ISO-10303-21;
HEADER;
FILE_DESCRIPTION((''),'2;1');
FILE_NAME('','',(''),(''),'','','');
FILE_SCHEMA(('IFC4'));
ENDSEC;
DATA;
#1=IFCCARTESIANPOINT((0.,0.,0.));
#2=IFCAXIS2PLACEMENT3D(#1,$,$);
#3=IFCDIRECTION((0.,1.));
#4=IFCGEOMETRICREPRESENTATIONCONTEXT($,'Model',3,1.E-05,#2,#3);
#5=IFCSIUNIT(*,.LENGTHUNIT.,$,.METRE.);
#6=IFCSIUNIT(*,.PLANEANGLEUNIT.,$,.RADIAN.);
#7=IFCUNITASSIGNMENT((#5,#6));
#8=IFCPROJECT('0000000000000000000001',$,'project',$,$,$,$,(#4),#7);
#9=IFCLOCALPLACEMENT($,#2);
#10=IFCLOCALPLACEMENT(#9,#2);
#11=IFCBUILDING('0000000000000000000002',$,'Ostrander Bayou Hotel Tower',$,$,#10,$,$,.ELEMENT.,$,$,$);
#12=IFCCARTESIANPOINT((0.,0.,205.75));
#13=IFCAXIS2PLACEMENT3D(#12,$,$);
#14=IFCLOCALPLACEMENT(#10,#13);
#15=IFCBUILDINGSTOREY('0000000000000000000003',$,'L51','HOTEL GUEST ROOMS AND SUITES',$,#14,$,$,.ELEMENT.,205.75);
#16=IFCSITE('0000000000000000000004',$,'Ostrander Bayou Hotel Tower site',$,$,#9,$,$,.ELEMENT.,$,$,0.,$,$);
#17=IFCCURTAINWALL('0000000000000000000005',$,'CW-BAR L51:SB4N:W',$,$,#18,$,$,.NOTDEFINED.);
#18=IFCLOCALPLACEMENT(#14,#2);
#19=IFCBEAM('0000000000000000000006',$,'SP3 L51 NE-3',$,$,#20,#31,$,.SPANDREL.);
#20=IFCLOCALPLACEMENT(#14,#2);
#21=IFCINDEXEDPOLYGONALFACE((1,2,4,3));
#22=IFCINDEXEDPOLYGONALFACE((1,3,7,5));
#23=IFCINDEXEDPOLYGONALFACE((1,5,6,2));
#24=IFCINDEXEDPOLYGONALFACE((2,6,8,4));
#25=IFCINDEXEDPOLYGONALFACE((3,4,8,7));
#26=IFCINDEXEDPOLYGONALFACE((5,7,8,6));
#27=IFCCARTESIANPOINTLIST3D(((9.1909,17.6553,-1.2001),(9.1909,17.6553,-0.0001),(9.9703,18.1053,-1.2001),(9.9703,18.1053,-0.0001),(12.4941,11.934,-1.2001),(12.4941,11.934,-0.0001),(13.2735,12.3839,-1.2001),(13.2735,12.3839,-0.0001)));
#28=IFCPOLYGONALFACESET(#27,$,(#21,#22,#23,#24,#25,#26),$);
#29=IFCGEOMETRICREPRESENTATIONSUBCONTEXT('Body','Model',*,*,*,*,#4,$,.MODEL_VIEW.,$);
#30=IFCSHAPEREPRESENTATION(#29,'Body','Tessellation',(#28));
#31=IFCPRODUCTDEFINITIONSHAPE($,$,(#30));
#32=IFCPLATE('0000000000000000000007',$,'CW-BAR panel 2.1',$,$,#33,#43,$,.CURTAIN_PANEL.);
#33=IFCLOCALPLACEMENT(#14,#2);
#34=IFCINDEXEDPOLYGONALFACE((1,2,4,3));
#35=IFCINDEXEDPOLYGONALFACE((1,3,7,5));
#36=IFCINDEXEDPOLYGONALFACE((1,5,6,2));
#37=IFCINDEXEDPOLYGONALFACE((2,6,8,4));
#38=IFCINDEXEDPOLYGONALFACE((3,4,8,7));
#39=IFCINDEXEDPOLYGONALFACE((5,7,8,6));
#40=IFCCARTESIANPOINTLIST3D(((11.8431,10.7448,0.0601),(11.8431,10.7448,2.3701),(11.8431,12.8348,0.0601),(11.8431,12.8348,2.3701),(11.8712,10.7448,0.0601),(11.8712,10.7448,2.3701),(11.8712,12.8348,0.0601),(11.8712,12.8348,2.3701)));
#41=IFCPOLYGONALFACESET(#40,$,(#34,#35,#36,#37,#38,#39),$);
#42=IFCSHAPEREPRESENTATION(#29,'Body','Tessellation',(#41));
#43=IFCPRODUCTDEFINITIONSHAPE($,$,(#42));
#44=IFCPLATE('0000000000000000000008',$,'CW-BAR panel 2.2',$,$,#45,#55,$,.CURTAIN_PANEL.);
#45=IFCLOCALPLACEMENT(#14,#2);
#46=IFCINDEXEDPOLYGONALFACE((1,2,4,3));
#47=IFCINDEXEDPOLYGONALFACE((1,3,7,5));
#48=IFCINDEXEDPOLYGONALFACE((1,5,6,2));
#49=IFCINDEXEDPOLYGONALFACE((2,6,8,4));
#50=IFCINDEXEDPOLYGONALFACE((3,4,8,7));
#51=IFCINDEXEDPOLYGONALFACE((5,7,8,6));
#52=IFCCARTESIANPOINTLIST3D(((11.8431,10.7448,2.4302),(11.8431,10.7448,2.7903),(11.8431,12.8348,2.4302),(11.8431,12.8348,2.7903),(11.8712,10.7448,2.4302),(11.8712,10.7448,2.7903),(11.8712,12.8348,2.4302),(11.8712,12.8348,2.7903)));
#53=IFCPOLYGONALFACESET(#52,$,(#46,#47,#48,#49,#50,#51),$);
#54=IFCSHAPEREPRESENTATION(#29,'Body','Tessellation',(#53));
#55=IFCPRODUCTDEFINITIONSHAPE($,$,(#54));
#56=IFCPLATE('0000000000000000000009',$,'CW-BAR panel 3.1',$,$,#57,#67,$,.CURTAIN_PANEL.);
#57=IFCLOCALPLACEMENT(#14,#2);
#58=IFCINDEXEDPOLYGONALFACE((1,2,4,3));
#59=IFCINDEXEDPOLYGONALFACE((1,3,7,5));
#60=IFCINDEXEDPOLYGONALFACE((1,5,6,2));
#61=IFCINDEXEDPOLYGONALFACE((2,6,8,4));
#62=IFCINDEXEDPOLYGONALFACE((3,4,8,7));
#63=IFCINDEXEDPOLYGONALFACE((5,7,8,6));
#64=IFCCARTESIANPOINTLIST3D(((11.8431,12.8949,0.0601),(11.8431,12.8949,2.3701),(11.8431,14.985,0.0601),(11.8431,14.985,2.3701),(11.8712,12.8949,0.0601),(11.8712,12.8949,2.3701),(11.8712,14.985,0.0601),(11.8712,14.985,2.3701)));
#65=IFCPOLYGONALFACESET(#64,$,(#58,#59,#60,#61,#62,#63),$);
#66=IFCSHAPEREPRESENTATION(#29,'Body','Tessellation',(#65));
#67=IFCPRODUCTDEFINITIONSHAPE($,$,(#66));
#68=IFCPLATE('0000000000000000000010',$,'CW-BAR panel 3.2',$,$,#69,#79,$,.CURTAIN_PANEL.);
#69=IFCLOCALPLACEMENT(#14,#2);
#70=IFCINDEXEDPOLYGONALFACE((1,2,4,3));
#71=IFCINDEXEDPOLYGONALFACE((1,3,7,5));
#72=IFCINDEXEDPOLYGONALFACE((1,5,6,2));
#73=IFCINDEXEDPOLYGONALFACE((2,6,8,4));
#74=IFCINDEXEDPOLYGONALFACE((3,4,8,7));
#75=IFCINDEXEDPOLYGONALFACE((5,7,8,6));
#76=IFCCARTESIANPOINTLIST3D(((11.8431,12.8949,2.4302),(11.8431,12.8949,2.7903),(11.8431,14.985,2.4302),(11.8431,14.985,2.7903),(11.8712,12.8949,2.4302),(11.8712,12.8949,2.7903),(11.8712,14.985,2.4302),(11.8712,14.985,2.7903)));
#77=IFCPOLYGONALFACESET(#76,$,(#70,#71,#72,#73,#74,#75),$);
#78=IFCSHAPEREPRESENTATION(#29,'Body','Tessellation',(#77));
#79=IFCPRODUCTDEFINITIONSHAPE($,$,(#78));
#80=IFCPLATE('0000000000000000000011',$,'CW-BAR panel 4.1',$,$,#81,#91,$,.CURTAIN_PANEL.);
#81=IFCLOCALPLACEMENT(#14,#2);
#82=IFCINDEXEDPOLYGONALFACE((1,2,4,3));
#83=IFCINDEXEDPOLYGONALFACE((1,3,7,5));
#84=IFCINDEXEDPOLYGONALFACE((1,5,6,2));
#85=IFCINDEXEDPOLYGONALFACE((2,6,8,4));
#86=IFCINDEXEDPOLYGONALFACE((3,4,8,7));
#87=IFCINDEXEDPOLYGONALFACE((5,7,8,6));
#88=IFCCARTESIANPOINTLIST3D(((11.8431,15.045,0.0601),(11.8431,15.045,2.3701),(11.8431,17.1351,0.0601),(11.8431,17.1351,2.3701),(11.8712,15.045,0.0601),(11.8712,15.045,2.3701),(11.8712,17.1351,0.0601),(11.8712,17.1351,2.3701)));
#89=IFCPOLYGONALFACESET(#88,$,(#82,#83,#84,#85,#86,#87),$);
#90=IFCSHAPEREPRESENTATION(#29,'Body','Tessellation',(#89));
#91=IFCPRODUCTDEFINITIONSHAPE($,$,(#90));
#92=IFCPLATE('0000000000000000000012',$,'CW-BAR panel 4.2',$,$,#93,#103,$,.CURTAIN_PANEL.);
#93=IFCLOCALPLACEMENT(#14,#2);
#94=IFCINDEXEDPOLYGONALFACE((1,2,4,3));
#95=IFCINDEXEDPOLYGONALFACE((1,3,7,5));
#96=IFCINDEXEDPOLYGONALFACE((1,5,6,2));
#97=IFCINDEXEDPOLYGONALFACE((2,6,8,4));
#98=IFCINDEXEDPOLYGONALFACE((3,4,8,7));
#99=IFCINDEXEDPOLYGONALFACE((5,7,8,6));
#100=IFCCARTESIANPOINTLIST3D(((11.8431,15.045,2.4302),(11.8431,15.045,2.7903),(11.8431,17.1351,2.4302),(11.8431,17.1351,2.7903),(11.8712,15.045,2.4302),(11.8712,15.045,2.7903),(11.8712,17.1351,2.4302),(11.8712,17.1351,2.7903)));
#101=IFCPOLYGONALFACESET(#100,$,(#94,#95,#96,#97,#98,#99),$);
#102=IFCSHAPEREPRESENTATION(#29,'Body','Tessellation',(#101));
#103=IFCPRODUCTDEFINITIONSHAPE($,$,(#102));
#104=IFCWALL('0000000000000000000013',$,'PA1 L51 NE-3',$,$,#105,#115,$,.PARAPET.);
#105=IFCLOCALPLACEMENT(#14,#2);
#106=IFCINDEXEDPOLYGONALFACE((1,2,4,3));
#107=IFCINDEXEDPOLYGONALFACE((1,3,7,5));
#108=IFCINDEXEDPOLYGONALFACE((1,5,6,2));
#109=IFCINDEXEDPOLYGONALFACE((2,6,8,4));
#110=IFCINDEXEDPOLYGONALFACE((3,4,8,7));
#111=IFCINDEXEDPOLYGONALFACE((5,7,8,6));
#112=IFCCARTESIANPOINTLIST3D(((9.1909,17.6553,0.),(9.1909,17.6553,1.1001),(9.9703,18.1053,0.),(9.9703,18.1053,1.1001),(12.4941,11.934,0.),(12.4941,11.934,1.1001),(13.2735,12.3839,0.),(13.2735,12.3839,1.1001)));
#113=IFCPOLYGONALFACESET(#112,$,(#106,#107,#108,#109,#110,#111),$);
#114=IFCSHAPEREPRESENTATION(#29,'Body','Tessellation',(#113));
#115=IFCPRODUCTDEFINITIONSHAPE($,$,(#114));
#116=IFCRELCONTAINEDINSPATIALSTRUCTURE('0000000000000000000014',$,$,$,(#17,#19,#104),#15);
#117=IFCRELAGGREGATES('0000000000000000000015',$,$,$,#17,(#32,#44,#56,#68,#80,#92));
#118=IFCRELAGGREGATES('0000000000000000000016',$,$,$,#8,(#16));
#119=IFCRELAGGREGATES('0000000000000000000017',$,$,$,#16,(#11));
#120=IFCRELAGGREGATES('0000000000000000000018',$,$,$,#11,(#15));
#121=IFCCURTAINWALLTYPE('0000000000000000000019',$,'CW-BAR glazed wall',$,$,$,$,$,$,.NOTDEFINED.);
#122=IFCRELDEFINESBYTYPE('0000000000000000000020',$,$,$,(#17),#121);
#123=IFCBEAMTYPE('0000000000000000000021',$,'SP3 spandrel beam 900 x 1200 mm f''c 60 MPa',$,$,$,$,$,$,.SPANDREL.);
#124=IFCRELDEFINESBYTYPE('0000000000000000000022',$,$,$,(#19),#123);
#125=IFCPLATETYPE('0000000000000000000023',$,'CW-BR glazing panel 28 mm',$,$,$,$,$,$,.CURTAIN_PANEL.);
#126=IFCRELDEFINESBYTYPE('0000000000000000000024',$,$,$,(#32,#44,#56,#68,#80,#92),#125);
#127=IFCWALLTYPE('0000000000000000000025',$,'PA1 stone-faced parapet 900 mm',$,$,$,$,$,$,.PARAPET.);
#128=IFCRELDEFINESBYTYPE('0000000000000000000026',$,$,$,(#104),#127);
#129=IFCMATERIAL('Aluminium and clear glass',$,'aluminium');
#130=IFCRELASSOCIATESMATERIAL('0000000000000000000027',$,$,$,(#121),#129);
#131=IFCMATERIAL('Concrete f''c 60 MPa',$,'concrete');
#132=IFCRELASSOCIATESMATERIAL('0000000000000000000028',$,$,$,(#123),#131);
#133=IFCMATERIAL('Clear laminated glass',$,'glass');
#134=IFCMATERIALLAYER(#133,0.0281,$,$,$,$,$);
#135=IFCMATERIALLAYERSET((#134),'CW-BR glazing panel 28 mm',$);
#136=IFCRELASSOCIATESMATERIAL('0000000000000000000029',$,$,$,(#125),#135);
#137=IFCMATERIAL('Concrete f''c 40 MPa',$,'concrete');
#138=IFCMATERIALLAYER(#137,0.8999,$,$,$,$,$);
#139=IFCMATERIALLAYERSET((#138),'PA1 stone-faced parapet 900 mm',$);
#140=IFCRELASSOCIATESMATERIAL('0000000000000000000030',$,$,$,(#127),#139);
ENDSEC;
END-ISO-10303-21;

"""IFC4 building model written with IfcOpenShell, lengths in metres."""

from ifc_helpers import new_model, si_unit, direction, frame, frame_2d, origin, origin_2d, place, context, subcontext, project, spatial, rectangle, extrude, material, layer, layer_set, material_profile, profile_set, type_object, element, aggregate, save


model = new_model("IFC4")

# Units and contexts
model_context = context("Model", 3, precision=1e-05, world=origin(), true_north=direction((0.0, 1.0)))
body_context = subcontext(model_context, "Body", "Model", "MODEL_VIEW")
ifc_project = project(units=[si_unit("LENGTHUNIT", "METRE"), si_unit("PLANEANGLEUNIT", "RADIAN")], contexts=[model_context])

# Site, building, storey
site_placement = place(None, origin())
site = spatial("IfcSite", under=ifc_project, at=site_placement, Name="Ostrander Bayou Hotel Tower site", CompositionType="ELEMENT", RefElevation=0.0)
building_placement = place(site_placement, origin())
building = spatial("IfcBuilding", under=site, at=building_placement, Name="Ostrander Bayou Hotel Tower", CompositionType="ELEMENT")
storey_placement = place(building_placement, frame((0.0, 0.0, 205.75)))
storey = spatial("IfcBuildingStorey", under=building, at=storey_placement, Name="L51", Description="HOTEL GUEST ROOMS AND SUITES", CompositionType="ELEMENT", Elevation=205.75)

# Curtain wall
ifc_material_1 = material(Name="Aluminium and clear glass", Category="aluminium")
curtain_wall_type = type_object("IfcCurtainWallType", Name="CW-BAR glazed wall", PredefinedType="NOTDEFINED", material=ifc_material_1)
curtain_wall_placement = place(storey_placement, origin())
curtain_wall = element("IfcCurtainWall", 1, at=curtain_wall_placement, inside=storey, type_object=curtain_wall_type, Name="CW-BAR L51:SB4N:W", PredefinedType="NOTDEFINED")

# Beam
ifc_material_2 = material(Name="Concrete f'c 60 MPa", Category="concrete")
ifc_material_profile_1 = material_profile(ifc_material_2, rectangle(XDim=0.8999, YDim=1.2, at=origin_2d()))
ifc_profile_set_1 = profile_set([ifc_material_profile_1], Name="Concrete f'c 60 MPa")
beam_type_1 = type_object("IfcBeamType", Name="SP3 spandrel beam 900 x 1200 mm f'c 60 MPa", PredefinedType="SPANDREL", material=ifc_profile_set_1)
beam_1_placement = place(storey_placement, frame((12.8838, 12.1589, -0.6001), z_axis=(-0.499994, 0.866029, 0.0), x_axis=(-0.866029, -0.499994, 0.0)))
element("IfcBeam", 2, at=beam_1_placement, inside=storey, type_object=beam_type_1, Name="SP3 L51 NE-3", PredefinedType="SPANDREL", context=body_context, shape_type="SweptSolid", body=[
    extrude(rectangle(XDim=0.8999, YDim=1.2, at=origin_2d()), origin(), (0.0, 0.0, 1.0), 6.6064),
])

# Plates
ifc_material_3 = material(Name="Clear laminated glass", Category="glass")
ifc_layer_1 = layer(ifc_material_3, 0.0281)
ifc_layer_set_1 = layer_set([ifc_layer_1], Name="CW-BR glazing panel 28 mm")
plate_type = type_object("IfcPlateType", Name="CW-BR glazing panel 28 mm", PredefinedType="CURTAIN_PANEL", material=ifc_layer_set_1)
plate_1_placement = place(storey_placement, frame((11.8572, 11.7898, 0.0601), z_axis=(0.0, 0.0, 1.0), x_axis=(0.0, 1.0, 0.0)))
plate_1 = element("IfcPlate", 3, at=plate_1_placement, type_object=plate_type, Name="CW-BAR panel 2.1", PredefinedType="CURTAIN_PANEL", context=body_context, shape_type="SweptSolid", body=[
    extrude(rectangle(XDim=2.0901, YDim=0.0281, at=origin_2d()), origin(), (0.0, 0.0, 1.0), 2.3101),
])
plate_2_placement = place(storey_placement, frame((11.8572, 11.7898, 2.4302), z_axis=(0.0, 0.0, 1.0), x_axis=(0.0, 1.0, 0.0)))
plate_2 = element("IfcPlate", 4, at=plate_2_placement, type_object=plate_type, Name="CW-BAR panel 2.2", PredefinedType="CURTAIN_PANEL", context=body_context, shape_type="SweptSolid", body=[
    extrude(rectangle(XDim=2.0901, YDim=0.0281, at=origin_2d()), origin(), (0.0, 0.0, 1.0), 0.3601),
])
plate_3_placement = place(storey_placement, frame((11.8572, 13.9399, 0.0601), z_axis=(0.0, 0.0, 1.0), x_axis=(0.0, 1.0, 0.0)))
plate_3 = element("IfcPlate", 5, at=plate_3_placement, type_object=plate_type, Name="CW-BAR panel 3.1", PredefinedType="CURTAIN_PANEL", context=body_context, shape_type="SweptSolid", body=[
    extrude(rectangle(XDim=2.0901, YDim=0.0281, at=origin_2d()), origin(), (0.0, 0.0, 1.0), 2.3101),
])
plate_4_placement = place(storey_placement, frame((11.8572, 13.9399, 2.4302), z_axis=(0.0, 0.0, 1.0), x_axis=(0.0, 1.0, 0.0)))
plate_4 = element("IfcPlate", 6, at=plate_4_placement, type_object=plate_type, Name="CW-BAR panel 3.2", PredefinedType="CURTAIN_PANEL", context=body_context, shape_type="SweptSolid", body=[
    extrude(rectangle(XDim=2.0901, YDim=0.0281, at=origin_2d()), origin(), (0.0, 0.0, 1.0), 0.3601),
])
plate_5_placement = place(storey_placement, frame((11.8572, 16.0901, 0.0601), z_axis=(0.0, 0.0, 1.0), x_axis=(0.0, 1.0, 0.0)))
plate_5 = element("IfcPlate", 7, at=plate_5_placement, type_object=plate_type, Name="CW-BAR panel 4.1", PredefinedType="CURTAIN_PANEL", context=body_context, shape_type="SweptSolid", body=[
    extrude(rectangle(XDim=2.0901, YDim=0.0281, at=origin_2d()), origin(), (0.0, 0.0, 1.0), 2.3101),
])
plate_6_placement = place(storey_placement, frame((11.8572, 16.0901, 2.4302), z_axis=(0.0, 0.0, 1.0), x_axis=(0.0, 1.0, 0.0)))
plate_6 = element("IfcPlate", 8, at=plate_6_placement, type_object=plate_type, Name="CW-BAR panel 4.2", PredefinedType="CURTAIN_PANEL", context=body_context, shape_type="SweptSolid", body=[
    extrude(rectangle(XDim=2.0901, YDim=0.0281, at=origin_2d()), origin(), (0.0, 0.0, 1.0), 0.3601),
])
aggregate(curtain_wall, [plate_1, plate_2, plate_3, plate_4, plate_5, plate_6])

# Wall
ifc_material_4 = material(Name="Concrete f'c 40 MPa", Category="concrete")
ifc_layer_2 = layer(ifc_material_4, 0.8999)
ifc_layer_set_2 = layer_set([ifc_layer_2], Name="PA1 stone-faced parapet 900 mm")
wall_type = type_object("IfcWallType", Name="PA1 stone-faced parapet 900 mm", PredefinedType="PARAPET", material=ifc_layer_set_2)
wall_placement = place(storey_placement, frame((12.8838, 12.1589, 0.0), z_axis=(0.0, 0.0, 1.0), x_axis=(-0.499994, 0.866029, 0.0)))
element("IfcWall", 9, at=wall_placement, inside=storey, type_object=wall_type, Name="PA1 L51 NE-3", PredefinedType="PARAPET", context=body_context, shape_type="SweptSolid", body=[
    extrude(rectangle(XDim=6.6064, YDim=0.8999, at=frame_2d((3.3032, 0.0))), origin(), (0.0, 0.0, 1.0), 1.1001),
])

save(model, "model.ifc")
